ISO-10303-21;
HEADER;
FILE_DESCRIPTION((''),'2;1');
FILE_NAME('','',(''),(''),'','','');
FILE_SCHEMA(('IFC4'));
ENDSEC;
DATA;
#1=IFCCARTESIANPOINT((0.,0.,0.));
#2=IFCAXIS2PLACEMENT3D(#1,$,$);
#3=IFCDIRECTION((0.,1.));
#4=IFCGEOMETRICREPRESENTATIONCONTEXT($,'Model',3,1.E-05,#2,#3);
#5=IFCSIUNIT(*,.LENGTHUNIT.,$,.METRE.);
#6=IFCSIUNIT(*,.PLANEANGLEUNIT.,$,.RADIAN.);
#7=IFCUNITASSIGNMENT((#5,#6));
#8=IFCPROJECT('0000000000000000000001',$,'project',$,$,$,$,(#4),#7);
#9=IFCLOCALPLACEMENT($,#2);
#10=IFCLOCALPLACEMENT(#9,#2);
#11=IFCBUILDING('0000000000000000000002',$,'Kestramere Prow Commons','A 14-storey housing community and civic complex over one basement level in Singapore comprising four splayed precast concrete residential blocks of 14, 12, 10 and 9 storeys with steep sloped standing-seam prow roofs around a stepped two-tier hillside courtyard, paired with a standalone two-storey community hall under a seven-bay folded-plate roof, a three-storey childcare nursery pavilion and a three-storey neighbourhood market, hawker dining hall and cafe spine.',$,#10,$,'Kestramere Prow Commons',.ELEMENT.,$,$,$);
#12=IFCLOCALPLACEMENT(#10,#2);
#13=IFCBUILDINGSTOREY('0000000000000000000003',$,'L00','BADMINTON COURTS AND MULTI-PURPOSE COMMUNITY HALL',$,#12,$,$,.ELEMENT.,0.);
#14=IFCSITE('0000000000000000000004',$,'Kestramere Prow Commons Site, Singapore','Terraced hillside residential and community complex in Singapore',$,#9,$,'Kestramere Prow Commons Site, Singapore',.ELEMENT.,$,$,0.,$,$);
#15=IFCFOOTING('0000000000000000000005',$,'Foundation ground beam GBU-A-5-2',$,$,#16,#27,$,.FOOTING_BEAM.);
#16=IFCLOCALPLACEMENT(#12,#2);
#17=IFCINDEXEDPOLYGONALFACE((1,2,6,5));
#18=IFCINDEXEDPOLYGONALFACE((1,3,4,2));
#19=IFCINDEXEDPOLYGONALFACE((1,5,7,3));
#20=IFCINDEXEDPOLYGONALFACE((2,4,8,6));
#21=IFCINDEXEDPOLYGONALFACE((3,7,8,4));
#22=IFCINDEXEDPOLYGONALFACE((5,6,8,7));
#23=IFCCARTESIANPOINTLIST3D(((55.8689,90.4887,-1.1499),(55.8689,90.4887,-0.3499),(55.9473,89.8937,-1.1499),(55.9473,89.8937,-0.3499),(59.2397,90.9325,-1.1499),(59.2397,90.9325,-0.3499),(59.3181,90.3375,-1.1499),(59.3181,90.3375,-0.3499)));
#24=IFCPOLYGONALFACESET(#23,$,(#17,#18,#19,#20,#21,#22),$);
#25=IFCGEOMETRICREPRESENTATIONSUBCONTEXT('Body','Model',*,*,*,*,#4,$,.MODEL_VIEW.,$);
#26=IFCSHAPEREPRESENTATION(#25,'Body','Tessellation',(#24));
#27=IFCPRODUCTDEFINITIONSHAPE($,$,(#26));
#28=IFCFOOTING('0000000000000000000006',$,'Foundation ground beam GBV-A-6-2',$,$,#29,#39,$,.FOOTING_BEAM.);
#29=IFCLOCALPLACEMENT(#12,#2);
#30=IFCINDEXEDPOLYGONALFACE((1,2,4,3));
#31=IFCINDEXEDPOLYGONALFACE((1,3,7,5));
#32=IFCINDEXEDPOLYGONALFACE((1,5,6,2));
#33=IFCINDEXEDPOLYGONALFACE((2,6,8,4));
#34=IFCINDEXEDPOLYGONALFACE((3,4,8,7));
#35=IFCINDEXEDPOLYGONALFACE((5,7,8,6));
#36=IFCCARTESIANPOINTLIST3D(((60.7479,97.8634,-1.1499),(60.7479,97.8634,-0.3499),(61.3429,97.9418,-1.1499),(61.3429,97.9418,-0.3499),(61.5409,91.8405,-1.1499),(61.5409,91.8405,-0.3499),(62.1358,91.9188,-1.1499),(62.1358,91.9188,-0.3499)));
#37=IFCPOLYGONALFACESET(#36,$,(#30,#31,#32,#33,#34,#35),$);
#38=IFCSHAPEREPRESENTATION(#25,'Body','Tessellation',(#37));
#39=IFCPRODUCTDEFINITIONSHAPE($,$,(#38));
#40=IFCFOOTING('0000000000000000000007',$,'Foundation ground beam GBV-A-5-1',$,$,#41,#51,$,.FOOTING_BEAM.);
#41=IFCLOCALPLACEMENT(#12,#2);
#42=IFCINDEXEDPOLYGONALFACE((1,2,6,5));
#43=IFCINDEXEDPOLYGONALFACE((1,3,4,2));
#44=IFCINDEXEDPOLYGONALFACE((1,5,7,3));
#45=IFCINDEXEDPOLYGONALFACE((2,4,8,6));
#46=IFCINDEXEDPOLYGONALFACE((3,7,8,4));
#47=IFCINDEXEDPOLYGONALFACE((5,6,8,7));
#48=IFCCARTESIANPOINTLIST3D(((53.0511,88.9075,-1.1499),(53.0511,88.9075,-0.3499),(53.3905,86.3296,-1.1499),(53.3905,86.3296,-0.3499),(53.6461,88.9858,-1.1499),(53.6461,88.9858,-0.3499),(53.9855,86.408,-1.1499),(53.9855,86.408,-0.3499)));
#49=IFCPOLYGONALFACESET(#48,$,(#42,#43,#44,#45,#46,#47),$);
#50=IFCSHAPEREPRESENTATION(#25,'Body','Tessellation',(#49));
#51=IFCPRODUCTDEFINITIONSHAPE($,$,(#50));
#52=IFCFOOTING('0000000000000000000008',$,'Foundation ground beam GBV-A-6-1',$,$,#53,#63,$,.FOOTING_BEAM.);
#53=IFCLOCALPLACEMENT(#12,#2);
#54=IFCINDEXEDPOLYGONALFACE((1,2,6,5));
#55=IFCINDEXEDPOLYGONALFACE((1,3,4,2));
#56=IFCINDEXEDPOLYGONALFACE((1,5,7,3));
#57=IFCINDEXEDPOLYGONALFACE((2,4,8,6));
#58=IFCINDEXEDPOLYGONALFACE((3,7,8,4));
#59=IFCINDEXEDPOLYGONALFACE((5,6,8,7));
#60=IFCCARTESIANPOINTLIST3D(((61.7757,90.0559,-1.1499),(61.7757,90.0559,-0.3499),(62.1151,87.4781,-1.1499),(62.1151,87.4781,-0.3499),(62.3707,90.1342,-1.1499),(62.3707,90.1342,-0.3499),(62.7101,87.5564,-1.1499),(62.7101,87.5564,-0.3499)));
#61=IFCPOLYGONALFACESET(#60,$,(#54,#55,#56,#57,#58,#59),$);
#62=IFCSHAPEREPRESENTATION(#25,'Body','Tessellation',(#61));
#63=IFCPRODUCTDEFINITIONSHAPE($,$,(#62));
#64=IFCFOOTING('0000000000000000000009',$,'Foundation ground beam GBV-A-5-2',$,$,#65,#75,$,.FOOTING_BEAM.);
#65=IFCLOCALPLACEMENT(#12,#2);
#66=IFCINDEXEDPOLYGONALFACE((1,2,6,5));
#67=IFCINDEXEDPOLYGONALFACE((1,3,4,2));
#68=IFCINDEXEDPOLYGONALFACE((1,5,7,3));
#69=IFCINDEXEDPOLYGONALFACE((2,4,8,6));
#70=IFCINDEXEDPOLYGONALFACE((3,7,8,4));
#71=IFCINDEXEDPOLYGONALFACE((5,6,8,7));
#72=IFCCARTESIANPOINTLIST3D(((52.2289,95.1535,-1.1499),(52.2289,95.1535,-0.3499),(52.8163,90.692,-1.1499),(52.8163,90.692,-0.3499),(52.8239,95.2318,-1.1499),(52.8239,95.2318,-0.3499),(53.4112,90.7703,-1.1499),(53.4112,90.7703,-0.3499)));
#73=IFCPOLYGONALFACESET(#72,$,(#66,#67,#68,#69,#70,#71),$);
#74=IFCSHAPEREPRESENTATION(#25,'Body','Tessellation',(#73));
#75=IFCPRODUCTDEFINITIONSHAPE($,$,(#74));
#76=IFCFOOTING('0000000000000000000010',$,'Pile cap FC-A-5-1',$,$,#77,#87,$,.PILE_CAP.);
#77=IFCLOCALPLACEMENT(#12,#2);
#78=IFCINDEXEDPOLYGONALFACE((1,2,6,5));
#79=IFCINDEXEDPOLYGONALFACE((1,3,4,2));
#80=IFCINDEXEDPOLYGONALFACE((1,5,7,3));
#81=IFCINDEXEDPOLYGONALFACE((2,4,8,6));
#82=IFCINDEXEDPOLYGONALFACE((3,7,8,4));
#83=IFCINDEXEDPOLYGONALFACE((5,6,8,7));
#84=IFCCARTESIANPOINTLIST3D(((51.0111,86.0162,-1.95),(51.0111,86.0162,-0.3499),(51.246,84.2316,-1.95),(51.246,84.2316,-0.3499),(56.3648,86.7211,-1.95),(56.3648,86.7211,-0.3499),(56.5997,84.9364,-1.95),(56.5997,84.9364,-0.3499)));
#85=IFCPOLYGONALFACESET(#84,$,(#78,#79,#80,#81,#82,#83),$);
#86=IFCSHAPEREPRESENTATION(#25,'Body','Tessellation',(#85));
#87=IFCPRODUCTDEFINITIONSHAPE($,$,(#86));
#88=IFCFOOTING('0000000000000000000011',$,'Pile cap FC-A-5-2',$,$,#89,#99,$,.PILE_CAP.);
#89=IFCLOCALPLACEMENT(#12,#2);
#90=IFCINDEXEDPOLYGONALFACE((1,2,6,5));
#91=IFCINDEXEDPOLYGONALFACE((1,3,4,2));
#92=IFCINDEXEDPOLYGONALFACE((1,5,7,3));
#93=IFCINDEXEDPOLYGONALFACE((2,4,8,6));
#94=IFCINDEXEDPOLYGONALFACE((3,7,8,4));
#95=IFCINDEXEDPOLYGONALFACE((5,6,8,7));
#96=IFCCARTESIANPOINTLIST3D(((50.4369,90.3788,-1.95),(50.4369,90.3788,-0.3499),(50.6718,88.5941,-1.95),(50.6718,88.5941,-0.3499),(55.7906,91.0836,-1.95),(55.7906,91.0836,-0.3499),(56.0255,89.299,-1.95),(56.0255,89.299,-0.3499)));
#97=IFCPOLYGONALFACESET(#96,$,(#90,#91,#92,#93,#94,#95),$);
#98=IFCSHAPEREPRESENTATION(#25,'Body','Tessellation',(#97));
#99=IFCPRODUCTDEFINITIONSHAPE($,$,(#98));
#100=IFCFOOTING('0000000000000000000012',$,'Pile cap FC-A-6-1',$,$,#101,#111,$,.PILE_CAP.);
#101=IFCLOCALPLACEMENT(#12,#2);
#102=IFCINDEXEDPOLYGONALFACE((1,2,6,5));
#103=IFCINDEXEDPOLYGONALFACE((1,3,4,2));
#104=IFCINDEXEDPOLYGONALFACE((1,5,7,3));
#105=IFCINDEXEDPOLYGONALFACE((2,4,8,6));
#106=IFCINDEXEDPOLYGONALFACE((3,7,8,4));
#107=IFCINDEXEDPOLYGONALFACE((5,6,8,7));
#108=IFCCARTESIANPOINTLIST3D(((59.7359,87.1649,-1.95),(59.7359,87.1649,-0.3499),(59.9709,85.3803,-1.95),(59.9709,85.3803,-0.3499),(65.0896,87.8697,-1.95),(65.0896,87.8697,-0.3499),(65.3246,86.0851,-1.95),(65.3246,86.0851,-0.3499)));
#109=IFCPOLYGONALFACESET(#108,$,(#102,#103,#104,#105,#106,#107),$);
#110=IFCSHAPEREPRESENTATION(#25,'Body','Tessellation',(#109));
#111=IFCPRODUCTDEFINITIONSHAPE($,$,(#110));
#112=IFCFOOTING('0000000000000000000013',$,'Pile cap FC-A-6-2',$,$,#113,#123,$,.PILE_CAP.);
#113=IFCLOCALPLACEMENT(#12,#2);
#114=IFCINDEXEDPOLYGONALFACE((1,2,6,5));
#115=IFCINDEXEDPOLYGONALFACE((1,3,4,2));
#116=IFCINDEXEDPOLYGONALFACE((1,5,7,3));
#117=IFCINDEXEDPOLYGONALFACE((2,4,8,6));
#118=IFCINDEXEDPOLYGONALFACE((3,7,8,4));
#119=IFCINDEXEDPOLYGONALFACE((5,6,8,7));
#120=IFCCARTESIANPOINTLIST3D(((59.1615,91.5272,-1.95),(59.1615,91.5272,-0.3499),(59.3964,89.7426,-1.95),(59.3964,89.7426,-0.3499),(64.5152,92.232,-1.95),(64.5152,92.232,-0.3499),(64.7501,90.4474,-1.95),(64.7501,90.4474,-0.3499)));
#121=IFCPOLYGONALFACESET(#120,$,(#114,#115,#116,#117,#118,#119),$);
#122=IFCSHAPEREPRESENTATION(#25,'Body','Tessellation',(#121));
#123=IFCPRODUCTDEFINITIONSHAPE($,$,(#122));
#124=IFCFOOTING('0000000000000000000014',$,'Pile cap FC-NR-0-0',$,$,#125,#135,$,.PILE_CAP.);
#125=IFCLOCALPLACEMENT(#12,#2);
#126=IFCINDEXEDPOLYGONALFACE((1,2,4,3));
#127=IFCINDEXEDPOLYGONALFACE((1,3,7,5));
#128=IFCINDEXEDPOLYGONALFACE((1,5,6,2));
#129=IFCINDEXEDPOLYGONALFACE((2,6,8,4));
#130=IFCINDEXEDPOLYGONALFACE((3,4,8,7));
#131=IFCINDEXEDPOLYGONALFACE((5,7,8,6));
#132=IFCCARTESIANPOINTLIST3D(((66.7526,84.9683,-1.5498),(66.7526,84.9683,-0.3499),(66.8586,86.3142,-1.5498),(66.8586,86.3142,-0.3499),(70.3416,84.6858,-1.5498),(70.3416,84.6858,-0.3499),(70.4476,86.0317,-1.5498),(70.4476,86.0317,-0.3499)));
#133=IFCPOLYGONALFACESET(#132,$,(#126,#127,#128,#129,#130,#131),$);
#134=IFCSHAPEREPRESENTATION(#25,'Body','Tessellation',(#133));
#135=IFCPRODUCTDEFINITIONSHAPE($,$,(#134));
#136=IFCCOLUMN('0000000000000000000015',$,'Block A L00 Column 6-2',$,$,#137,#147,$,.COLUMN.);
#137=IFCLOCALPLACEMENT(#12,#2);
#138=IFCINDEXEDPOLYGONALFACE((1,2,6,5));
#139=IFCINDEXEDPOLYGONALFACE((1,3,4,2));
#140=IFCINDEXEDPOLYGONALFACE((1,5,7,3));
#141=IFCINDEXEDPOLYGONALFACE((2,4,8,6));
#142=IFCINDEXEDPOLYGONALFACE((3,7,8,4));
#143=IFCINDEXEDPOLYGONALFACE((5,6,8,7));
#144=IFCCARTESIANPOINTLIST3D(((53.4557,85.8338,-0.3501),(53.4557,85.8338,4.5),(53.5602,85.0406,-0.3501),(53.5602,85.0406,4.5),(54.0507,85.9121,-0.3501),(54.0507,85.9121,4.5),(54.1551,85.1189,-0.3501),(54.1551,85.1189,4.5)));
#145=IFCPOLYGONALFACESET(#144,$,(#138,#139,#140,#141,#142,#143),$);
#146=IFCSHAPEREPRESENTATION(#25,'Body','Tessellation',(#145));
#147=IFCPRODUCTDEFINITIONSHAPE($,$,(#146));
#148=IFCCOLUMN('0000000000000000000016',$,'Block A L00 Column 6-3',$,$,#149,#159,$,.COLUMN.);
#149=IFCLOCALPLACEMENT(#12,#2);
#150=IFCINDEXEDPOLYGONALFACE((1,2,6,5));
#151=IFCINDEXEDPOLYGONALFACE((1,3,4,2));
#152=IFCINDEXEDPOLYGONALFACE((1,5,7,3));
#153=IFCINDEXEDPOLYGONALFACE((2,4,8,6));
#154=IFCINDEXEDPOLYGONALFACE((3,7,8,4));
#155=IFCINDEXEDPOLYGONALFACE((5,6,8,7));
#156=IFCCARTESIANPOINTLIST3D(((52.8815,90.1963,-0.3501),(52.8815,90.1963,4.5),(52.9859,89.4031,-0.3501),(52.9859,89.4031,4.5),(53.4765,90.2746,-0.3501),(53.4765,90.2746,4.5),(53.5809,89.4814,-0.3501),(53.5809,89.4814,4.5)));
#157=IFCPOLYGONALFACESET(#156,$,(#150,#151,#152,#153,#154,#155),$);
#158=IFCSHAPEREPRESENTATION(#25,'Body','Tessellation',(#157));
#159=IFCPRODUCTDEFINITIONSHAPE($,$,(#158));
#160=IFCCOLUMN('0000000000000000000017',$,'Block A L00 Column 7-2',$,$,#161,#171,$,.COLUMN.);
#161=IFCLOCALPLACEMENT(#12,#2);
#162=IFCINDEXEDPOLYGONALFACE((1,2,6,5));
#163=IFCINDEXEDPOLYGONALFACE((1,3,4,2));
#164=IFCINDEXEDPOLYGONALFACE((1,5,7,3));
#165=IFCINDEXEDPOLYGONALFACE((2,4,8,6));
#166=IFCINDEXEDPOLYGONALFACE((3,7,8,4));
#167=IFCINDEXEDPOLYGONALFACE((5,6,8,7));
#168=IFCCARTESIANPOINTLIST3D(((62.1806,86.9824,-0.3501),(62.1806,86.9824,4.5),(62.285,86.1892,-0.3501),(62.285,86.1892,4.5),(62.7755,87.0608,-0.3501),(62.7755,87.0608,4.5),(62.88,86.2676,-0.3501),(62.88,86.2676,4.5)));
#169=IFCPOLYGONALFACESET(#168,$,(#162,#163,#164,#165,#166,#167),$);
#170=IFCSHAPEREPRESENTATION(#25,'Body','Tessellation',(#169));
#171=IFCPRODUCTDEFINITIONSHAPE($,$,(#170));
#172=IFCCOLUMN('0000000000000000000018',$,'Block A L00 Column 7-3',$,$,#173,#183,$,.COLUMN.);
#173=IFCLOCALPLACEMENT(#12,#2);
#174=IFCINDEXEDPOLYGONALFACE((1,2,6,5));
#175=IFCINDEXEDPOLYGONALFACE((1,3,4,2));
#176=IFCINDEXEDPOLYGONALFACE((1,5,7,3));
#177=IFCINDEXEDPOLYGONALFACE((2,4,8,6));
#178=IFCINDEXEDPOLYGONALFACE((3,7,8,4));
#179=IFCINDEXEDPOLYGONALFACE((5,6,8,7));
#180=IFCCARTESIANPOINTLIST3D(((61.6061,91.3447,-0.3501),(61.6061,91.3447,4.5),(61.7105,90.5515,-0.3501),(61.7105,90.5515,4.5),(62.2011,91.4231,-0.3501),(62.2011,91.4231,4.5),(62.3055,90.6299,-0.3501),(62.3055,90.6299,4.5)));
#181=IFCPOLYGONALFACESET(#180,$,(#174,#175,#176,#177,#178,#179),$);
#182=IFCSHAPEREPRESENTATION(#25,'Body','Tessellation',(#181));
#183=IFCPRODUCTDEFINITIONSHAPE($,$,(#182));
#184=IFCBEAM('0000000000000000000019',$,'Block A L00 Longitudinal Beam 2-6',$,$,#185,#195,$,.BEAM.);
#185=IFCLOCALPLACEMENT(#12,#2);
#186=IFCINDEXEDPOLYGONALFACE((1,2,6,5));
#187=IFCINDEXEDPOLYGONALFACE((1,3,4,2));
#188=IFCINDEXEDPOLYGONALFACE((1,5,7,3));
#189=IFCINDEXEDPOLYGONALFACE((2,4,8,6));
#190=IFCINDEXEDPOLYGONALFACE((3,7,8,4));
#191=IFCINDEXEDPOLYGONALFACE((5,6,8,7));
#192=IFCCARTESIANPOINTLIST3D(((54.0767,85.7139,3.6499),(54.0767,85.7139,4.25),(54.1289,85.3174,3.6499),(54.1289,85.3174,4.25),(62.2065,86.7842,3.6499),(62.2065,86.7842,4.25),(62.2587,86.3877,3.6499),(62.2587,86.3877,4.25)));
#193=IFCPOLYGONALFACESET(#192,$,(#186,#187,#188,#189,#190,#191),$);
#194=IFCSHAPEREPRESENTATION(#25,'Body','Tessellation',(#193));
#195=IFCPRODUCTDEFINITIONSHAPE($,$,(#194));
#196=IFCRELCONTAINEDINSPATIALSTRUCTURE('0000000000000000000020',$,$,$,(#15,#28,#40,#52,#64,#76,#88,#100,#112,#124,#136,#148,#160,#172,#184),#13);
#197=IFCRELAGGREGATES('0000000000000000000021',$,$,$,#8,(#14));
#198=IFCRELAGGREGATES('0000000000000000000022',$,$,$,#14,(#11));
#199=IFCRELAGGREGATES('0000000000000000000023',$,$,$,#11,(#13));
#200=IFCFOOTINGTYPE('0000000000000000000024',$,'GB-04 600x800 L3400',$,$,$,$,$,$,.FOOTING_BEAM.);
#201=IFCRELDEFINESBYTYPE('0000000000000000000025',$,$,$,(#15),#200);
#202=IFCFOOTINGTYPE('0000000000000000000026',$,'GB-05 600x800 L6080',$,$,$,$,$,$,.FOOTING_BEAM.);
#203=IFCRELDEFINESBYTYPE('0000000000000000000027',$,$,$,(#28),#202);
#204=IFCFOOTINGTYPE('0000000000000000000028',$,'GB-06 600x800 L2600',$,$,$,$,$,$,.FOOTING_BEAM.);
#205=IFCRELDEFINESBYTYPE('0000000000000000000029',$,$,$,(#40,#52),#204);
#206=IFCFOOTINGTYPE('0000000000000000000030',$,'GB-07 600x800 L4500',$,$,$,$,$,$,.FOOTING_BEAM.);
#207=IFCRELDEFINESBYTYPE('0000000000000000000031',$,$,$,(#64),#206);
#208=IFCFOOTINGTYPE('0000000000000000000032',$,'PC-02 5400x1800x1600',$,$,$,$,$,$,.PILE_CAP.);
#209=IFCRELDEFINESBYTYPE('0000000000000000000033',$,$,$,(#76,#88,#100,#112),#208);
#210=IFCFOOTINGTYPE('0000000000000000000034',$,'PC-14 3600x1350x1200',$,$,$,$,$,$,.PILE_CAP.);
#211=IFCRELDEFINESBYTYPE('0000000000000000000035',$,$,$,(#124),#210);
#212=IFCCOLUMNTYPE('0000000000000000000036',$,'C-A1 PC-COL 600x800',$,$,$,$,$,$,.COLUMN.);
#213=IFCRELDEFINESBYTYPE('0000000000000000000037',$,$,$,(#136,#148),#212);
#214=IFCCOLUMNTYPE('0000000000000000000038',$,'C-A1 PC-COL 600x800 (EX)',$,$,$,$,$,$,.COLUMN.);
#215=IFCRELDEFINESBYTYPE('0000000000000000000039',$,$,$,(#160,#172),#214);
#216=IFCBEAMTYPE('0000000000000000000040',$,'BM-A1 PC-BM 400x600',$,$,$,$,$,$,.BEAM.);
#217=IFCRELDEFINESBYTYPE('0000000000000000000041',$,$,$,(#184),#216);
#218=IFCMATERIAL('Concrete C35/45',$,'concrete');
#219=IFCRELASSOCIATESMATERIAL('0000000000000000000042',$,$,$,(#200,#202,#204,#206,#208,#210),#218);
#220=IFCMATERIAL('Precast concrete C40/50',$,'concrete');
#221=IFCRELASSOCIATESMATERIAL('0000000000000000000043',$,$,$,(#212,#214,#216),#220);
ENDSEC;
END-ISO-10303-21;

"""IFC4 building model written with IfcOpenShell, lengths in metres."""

from ifc_helpers import new_model, si_unit, direction, frame, origin, origin_2d, place, context, subcontext, project, spatial, rectangle, extrude, material, material_profile, profile_set, type_object, element, save


model = new_model("IFC4")

# Units and contexts
model_context = context("Model", 3, precision=1e-05, world=origin(), true_north=direction((0.0, 1.0)))
body_context = subcontext(model_context, "Body", "Model", "MODEL_VIEW")
ifc_project = project(units=[si_unit("LENGTHUNIT", "METRE"), si_unit("PLANEANGLEUNIT", "RADIAN")], contexts=[model_context])

# Site, building, storey
site_placement = place(None, origin())
site = spatial("IfcSite", under=ifc_project, at=site_placement, Name="Kestramere Prow Commons Site, Singapore", Description="Terraced hillside residential and community complex in Singapore", LongName="Kestramere Prow Commons Site, Singapore", CompositionType="ELEMENT", RefElevation=0.0)
building_placement = place(site_placement, origin())
building = spatial("IfcBuilding", under=site, at=building_placement, Name="Kestramere Prow Commons", Description="A 14-storey housing community and civic complex over one basement level in Singapore comprising four splayed precast concrete residential blocks of 14, 12, 10 and 9 storeys with steep sloped standing-seam prow roofs around a stepped two-tier hillside courtyard, paired with a standalone two-storey community hall under a seven-bay folded-plate roof, a three-storey childcare nursery pavilion and a three-storey neighbourhood market, hawker dining hall and cafe spine.", LongName="Kestramere Prow Commons", CompositionType="ELEMENT")
storey_placement = place(building_placement, origin())
storey = spatial("IfcBuildingStorey", under=building, at=storey_placement, Name="L00", Description="BADMINTON COURTS AND MULTI-PURPOSE COMMUNITY HALL", CompositionType="ELEMENT", Elevation=0.0)

# Shared definitions
ifc_material_1 = material(Name="Concrete C35/45", Category="concrete")

# Footings
footing_type_1 = type_object("IfcFootingType", Name="GB-04 600x800 L3400", PredefinedType="FOOTING_BEAM", material=ifc_material_1)
for number, where, z_axis, x_axis, name in (
    (1, (57.5935, 90.4131, -1.1499), (0.0, 0.0, 1.0), (0.991445, 0.130526, 0.0), "Foundation ground beam GBU-A-5-2"),
):
    element("IfcFooting", number, at=place(storey_placement, frame(where, z_axis=z_axis, x_axis=x_axis)), inside=storey, type_object=footing_type_1, Name=name, PredefinedType="FOOTING_BEAM", context=body_context, shape_type="SweptSolid", body=[
        extrude(rectangle(XDim=3.3999, YDim=0.6001, at=origin_2d()), origin(), (0.0, 0.0, 1.0), 0.8),
    ])
footing_type_2 = type_object("IfcFootingType", Name="GB-05 600x800 L6080", PredefinedType="FOOTING_BEAM", material=ifc_material_1)
footing_1_placement = place(storey_placement, frame((61.4419, 94.8911, -1.1499), z_axis=(0.0, 0.0, 1.0), x_axis=(-0.130526, 0.991445, 0.0)))
element("IfcFooting", 2, at=footing_1_placement, inside=storey, type_object=footing_type_2, Name="Foundation ground beam GBV-A-6-2", PredefinedType="FOOTING_BEAM", context=body_context, shape_type="SweptSolid", body=[
    extrude(rectangle(XDim=6.075, YDim=0.6001, at=origin_2d()), origin(), (0.0, 0.0, 1.0), 0.8),
])
footing_type_3 = type_object("IfcFootingType", Name="GB-06 600x800 L2600", PredefinedType="FOOTING_BEAM", material=ifc_material_1)
for number, where, z_axis, x_axis, name in (
    (3, (53.5183, 87.6577, -1.1499), (0.0, 0.0, 1.0), (-0.130526, 0.991445, 0.0), "Foundation ground beam GBV-A-5-1"),
    (4, (62.2429, 88.8062, -1.1499), (0.0, 0.0, 1.0), (-0.130526, 0.991445, 0.0), "Foundation ground beam GBV-A-6-1"),
):
    element("IfcFooting", number, at=place(storey_placement, frame(where, z_axis=z_axis, x_axis=x_axis)), inside=storey, type_object=footing_type_3, Name=name, PredefinedType="FOOTING_BEAM", context=body_context, shape_type="SweptSolid", body=[
        extrude(rectangle(XDim=2.6001, YDim=0.6001, at=origin_2d()), origin(), (0.0, 0.0, 1.0), 0.8),
    ])
footing_type_4 = type_object("IfcFootingType", Name="GB-07 600x800 L4500", PredefinedType="FOOTING_BEAM", material=ifc_material_1)
footing_2_placement = place(storey_placement, frame((52.8201, 92.9619, -1.1499), z_axis=(0.0, 0.0, 1.0), x_axis=(-0.130526, 0.991445, 0.0)))
element("IfcFooting", 5, at=footing_2_placement, inside=storey, type_object=footing_type_4, Name="Foundation ground beam GBV-A-5-2", PredefinedType="FOOTING_BEAM", context=body_context, shape_type="SweptSolid", body=[
    extrude(rectangle(XDim=4.5, YDim=0.6001, at=origin_2d()), origin(), (0.0, 0.0, 1.0), 0.8),
])
footing_type_5 = type_object("IfcFootingType", Name="PC-02 5400x1800x1600", PredefinedType="PILE_CAP", material=ifc_material_1)
for number, where, z_axis, x_axis, name in (
    (6, (53.8054, 85.4763, -1.95), (0.0, 0.0, 1.0), (0.991445, 0.130526, 0.0), "Pile cap FC-A-5-1"),
    (7, (53.2312, 89.8389, -1.95), (0.0, 0.0, 1.0), (0.991445, 0.130526, 0.0), "Pile cap FC-A-5-2"),
    (8, (62.5303, 86.625, -1.95), (0.0, 0.0, 1.0), (0.991445, 0.130526, 0.0), "Pile cap FC-A-6-1"),
    (9, (61.9558, 90.9873, -1.95), (0.0, 0.0, 1.0), (0.991445, 0.130526, 0.0), "Pile cap FC-A-6-2"),
):
    element("IfcFooting", number, at=place(storey_placement, frame(where, z_axis=z_axis, x_axis=x_axis)), inside=storey, type_object=footing_type_5, Name=name, PredefinedType="PILE_CAP", context=body_context, shape_type="SweptSolid", body=[
        extrude(rectangle(XDim=5.3999, YDim=1.8, at=origin_2d()), origin(), (0.0, 0.0, 1.0), 1.6001),
    ])
footing_type_6 = type_object("IfcFootingType", Name="PC-14 3600x1350x1200", PredefinedType="PILE_CAP", material=ifc_material_1)
footing_3_placement = place(storey_placement, frame((68.6001, 85.5, -1.5498), z_axis=(0.0, 0.0, 1.0), x_axis=(0.996917, -0.078459, 0.0)))
element("IfcFooting", 10, at=footing_3_placement, inside=storey, type_object=footing_type_6, Name="Pile cap FC-NR-0-0", PredefinedType="PILE_CAP", context=body_context, shape_type="SweptSolid", body=[
    extrude(rectangle(XDim=3.6001, YDim=1.3501, at=origin_2d()), origin(), (0.0, 0.0, 1.0), 1.2),
])

# Columns
ifc_material_2 = material(Name="Precast concrete C40/50", Category="concrete")
ifc_material_profile_1 = material_profile(ifc_material_2, rectangle(XDim=0.6001, YDim=0.8, at=origin_2d()), Name="PC-COL 600x800")
ifc_profile_set_1 = profile_set([ifc_material_profile_1], Name="Precast concrete C40/50")
column_type_1 = type_object("IfcColumnType", Name="C-A1 PC-COL 600x800", PredefinedType="COLUMN", material=ifc_profile_set_1)
for number, where, z_axis, x_axis, name in (
    (11, (53.8054, 85.4763, -0.3501), (0.0, 0.0, 1.0), (0.991445, 0.130526, 0.0), "Block A L00 Column 6-2"),
    (12, (53.2312, 89.8389, -0.3501), (0.0, 0.0, 1.0), (0.991445, 0.130526, 0.0), "Block A L00 Column 6-3"),
):
    element("IfcColumn", number, at=place(storey_placement, frame(where, z_axis=z_axis, x_axis=x_axis)), inside=storey, type_object=column_type_1, Name=name, PredefinedType="COLUMN", context=body_context, shape_type="SweptSolid", body=[
        extrude(rectangle(XDim=0.6001, YDim=0.8, at=origin_2d()), origin(), (0.0, 0.0, 1.0), 4.8501),
    ])
ifc_material_profile_2 = material_profile(ifc_material_2, rectangle(XDim=0.6001, YDim=0.8, at=origin_2d()), Name="PC-COL 600x800")
ifc_profile_set_2 = profile_set([ifc_material_profile_2], Name="Precast concrete C40/50")
column_type_2 = type_object("IfcColumnType", Name="C-A1 PC-COL 600x800 (EX)", PredefinedType="COLUMN", material=ifc_profile_set_2)
for number, where, z_axis, x_axis, name in (
    (13, (62.5303, 86.625, -0.3501), (0.0, 0.0, 1.0), (0.991445, 0.130526, 0.0), "Block A L00 Column 7-2"),
    (14, (61.9558, 90.9873, -0.3501), (0.0, 0.0, 1.0), (0.991445, 0.130526, 0.0), "Block A L00 Column 7-3"),
):
    element("IfcColumn", number, at=place(storey_placement, frame(where, z_axis=z_axis, x_axis=x_axis)), inside=storey, type_object=column_type_2, Name=name, PredefinedType="COLUMN", context=body_context, shape_type="SweptSolid", body=[
        extrude(rectangle(XDim=0.6001, YDim=0.8, at=origin_2d()), origin(), (0.0, 0.0, 1.0), 4.8501),
    ])

# Beam
ifc_material_profile_3 = material_profile(ifc_material_2, rectangle(XDim=0.3999, YDim=0.6001, at=origin_2d()), Name="PC-BM 400x600")
ifc_profile_set_3 = profile_set([ifc_material_profile_3], Name="Precast concrete C40/50")
beam_type_1 = type_object("IfcBeamType", Name="BM-A1 PC-BM 400x600", PredefinedType="BEAM", material=ifc_profile_set_3)
for number, where, z_axis, x_axis, name in (
    (15, (54.1028, 85.5156, 3.95), (0.991445, 0.130525, 0.0), (-0.130525, 0.991445, 0.0), "Block A L00 Longitudinal Beam 2-6"),
):
    element("IfcBeam", number, at=place(storey_placement, frame(where, z_axis=z_axis, x_axis=x_axis)), inside=storey, type_object=beam_type_1, Name=name, PredefinedType="BEAM", context=body_context, shape_type="SweptSolid", body=[
        extrude(rectangle(XDim=0.3999, YDim=0.6001, at=origin_2d()), origin(), (0.0, 0.0, 1.0), 8.2),
    ])

save(model, "model.ifc")
